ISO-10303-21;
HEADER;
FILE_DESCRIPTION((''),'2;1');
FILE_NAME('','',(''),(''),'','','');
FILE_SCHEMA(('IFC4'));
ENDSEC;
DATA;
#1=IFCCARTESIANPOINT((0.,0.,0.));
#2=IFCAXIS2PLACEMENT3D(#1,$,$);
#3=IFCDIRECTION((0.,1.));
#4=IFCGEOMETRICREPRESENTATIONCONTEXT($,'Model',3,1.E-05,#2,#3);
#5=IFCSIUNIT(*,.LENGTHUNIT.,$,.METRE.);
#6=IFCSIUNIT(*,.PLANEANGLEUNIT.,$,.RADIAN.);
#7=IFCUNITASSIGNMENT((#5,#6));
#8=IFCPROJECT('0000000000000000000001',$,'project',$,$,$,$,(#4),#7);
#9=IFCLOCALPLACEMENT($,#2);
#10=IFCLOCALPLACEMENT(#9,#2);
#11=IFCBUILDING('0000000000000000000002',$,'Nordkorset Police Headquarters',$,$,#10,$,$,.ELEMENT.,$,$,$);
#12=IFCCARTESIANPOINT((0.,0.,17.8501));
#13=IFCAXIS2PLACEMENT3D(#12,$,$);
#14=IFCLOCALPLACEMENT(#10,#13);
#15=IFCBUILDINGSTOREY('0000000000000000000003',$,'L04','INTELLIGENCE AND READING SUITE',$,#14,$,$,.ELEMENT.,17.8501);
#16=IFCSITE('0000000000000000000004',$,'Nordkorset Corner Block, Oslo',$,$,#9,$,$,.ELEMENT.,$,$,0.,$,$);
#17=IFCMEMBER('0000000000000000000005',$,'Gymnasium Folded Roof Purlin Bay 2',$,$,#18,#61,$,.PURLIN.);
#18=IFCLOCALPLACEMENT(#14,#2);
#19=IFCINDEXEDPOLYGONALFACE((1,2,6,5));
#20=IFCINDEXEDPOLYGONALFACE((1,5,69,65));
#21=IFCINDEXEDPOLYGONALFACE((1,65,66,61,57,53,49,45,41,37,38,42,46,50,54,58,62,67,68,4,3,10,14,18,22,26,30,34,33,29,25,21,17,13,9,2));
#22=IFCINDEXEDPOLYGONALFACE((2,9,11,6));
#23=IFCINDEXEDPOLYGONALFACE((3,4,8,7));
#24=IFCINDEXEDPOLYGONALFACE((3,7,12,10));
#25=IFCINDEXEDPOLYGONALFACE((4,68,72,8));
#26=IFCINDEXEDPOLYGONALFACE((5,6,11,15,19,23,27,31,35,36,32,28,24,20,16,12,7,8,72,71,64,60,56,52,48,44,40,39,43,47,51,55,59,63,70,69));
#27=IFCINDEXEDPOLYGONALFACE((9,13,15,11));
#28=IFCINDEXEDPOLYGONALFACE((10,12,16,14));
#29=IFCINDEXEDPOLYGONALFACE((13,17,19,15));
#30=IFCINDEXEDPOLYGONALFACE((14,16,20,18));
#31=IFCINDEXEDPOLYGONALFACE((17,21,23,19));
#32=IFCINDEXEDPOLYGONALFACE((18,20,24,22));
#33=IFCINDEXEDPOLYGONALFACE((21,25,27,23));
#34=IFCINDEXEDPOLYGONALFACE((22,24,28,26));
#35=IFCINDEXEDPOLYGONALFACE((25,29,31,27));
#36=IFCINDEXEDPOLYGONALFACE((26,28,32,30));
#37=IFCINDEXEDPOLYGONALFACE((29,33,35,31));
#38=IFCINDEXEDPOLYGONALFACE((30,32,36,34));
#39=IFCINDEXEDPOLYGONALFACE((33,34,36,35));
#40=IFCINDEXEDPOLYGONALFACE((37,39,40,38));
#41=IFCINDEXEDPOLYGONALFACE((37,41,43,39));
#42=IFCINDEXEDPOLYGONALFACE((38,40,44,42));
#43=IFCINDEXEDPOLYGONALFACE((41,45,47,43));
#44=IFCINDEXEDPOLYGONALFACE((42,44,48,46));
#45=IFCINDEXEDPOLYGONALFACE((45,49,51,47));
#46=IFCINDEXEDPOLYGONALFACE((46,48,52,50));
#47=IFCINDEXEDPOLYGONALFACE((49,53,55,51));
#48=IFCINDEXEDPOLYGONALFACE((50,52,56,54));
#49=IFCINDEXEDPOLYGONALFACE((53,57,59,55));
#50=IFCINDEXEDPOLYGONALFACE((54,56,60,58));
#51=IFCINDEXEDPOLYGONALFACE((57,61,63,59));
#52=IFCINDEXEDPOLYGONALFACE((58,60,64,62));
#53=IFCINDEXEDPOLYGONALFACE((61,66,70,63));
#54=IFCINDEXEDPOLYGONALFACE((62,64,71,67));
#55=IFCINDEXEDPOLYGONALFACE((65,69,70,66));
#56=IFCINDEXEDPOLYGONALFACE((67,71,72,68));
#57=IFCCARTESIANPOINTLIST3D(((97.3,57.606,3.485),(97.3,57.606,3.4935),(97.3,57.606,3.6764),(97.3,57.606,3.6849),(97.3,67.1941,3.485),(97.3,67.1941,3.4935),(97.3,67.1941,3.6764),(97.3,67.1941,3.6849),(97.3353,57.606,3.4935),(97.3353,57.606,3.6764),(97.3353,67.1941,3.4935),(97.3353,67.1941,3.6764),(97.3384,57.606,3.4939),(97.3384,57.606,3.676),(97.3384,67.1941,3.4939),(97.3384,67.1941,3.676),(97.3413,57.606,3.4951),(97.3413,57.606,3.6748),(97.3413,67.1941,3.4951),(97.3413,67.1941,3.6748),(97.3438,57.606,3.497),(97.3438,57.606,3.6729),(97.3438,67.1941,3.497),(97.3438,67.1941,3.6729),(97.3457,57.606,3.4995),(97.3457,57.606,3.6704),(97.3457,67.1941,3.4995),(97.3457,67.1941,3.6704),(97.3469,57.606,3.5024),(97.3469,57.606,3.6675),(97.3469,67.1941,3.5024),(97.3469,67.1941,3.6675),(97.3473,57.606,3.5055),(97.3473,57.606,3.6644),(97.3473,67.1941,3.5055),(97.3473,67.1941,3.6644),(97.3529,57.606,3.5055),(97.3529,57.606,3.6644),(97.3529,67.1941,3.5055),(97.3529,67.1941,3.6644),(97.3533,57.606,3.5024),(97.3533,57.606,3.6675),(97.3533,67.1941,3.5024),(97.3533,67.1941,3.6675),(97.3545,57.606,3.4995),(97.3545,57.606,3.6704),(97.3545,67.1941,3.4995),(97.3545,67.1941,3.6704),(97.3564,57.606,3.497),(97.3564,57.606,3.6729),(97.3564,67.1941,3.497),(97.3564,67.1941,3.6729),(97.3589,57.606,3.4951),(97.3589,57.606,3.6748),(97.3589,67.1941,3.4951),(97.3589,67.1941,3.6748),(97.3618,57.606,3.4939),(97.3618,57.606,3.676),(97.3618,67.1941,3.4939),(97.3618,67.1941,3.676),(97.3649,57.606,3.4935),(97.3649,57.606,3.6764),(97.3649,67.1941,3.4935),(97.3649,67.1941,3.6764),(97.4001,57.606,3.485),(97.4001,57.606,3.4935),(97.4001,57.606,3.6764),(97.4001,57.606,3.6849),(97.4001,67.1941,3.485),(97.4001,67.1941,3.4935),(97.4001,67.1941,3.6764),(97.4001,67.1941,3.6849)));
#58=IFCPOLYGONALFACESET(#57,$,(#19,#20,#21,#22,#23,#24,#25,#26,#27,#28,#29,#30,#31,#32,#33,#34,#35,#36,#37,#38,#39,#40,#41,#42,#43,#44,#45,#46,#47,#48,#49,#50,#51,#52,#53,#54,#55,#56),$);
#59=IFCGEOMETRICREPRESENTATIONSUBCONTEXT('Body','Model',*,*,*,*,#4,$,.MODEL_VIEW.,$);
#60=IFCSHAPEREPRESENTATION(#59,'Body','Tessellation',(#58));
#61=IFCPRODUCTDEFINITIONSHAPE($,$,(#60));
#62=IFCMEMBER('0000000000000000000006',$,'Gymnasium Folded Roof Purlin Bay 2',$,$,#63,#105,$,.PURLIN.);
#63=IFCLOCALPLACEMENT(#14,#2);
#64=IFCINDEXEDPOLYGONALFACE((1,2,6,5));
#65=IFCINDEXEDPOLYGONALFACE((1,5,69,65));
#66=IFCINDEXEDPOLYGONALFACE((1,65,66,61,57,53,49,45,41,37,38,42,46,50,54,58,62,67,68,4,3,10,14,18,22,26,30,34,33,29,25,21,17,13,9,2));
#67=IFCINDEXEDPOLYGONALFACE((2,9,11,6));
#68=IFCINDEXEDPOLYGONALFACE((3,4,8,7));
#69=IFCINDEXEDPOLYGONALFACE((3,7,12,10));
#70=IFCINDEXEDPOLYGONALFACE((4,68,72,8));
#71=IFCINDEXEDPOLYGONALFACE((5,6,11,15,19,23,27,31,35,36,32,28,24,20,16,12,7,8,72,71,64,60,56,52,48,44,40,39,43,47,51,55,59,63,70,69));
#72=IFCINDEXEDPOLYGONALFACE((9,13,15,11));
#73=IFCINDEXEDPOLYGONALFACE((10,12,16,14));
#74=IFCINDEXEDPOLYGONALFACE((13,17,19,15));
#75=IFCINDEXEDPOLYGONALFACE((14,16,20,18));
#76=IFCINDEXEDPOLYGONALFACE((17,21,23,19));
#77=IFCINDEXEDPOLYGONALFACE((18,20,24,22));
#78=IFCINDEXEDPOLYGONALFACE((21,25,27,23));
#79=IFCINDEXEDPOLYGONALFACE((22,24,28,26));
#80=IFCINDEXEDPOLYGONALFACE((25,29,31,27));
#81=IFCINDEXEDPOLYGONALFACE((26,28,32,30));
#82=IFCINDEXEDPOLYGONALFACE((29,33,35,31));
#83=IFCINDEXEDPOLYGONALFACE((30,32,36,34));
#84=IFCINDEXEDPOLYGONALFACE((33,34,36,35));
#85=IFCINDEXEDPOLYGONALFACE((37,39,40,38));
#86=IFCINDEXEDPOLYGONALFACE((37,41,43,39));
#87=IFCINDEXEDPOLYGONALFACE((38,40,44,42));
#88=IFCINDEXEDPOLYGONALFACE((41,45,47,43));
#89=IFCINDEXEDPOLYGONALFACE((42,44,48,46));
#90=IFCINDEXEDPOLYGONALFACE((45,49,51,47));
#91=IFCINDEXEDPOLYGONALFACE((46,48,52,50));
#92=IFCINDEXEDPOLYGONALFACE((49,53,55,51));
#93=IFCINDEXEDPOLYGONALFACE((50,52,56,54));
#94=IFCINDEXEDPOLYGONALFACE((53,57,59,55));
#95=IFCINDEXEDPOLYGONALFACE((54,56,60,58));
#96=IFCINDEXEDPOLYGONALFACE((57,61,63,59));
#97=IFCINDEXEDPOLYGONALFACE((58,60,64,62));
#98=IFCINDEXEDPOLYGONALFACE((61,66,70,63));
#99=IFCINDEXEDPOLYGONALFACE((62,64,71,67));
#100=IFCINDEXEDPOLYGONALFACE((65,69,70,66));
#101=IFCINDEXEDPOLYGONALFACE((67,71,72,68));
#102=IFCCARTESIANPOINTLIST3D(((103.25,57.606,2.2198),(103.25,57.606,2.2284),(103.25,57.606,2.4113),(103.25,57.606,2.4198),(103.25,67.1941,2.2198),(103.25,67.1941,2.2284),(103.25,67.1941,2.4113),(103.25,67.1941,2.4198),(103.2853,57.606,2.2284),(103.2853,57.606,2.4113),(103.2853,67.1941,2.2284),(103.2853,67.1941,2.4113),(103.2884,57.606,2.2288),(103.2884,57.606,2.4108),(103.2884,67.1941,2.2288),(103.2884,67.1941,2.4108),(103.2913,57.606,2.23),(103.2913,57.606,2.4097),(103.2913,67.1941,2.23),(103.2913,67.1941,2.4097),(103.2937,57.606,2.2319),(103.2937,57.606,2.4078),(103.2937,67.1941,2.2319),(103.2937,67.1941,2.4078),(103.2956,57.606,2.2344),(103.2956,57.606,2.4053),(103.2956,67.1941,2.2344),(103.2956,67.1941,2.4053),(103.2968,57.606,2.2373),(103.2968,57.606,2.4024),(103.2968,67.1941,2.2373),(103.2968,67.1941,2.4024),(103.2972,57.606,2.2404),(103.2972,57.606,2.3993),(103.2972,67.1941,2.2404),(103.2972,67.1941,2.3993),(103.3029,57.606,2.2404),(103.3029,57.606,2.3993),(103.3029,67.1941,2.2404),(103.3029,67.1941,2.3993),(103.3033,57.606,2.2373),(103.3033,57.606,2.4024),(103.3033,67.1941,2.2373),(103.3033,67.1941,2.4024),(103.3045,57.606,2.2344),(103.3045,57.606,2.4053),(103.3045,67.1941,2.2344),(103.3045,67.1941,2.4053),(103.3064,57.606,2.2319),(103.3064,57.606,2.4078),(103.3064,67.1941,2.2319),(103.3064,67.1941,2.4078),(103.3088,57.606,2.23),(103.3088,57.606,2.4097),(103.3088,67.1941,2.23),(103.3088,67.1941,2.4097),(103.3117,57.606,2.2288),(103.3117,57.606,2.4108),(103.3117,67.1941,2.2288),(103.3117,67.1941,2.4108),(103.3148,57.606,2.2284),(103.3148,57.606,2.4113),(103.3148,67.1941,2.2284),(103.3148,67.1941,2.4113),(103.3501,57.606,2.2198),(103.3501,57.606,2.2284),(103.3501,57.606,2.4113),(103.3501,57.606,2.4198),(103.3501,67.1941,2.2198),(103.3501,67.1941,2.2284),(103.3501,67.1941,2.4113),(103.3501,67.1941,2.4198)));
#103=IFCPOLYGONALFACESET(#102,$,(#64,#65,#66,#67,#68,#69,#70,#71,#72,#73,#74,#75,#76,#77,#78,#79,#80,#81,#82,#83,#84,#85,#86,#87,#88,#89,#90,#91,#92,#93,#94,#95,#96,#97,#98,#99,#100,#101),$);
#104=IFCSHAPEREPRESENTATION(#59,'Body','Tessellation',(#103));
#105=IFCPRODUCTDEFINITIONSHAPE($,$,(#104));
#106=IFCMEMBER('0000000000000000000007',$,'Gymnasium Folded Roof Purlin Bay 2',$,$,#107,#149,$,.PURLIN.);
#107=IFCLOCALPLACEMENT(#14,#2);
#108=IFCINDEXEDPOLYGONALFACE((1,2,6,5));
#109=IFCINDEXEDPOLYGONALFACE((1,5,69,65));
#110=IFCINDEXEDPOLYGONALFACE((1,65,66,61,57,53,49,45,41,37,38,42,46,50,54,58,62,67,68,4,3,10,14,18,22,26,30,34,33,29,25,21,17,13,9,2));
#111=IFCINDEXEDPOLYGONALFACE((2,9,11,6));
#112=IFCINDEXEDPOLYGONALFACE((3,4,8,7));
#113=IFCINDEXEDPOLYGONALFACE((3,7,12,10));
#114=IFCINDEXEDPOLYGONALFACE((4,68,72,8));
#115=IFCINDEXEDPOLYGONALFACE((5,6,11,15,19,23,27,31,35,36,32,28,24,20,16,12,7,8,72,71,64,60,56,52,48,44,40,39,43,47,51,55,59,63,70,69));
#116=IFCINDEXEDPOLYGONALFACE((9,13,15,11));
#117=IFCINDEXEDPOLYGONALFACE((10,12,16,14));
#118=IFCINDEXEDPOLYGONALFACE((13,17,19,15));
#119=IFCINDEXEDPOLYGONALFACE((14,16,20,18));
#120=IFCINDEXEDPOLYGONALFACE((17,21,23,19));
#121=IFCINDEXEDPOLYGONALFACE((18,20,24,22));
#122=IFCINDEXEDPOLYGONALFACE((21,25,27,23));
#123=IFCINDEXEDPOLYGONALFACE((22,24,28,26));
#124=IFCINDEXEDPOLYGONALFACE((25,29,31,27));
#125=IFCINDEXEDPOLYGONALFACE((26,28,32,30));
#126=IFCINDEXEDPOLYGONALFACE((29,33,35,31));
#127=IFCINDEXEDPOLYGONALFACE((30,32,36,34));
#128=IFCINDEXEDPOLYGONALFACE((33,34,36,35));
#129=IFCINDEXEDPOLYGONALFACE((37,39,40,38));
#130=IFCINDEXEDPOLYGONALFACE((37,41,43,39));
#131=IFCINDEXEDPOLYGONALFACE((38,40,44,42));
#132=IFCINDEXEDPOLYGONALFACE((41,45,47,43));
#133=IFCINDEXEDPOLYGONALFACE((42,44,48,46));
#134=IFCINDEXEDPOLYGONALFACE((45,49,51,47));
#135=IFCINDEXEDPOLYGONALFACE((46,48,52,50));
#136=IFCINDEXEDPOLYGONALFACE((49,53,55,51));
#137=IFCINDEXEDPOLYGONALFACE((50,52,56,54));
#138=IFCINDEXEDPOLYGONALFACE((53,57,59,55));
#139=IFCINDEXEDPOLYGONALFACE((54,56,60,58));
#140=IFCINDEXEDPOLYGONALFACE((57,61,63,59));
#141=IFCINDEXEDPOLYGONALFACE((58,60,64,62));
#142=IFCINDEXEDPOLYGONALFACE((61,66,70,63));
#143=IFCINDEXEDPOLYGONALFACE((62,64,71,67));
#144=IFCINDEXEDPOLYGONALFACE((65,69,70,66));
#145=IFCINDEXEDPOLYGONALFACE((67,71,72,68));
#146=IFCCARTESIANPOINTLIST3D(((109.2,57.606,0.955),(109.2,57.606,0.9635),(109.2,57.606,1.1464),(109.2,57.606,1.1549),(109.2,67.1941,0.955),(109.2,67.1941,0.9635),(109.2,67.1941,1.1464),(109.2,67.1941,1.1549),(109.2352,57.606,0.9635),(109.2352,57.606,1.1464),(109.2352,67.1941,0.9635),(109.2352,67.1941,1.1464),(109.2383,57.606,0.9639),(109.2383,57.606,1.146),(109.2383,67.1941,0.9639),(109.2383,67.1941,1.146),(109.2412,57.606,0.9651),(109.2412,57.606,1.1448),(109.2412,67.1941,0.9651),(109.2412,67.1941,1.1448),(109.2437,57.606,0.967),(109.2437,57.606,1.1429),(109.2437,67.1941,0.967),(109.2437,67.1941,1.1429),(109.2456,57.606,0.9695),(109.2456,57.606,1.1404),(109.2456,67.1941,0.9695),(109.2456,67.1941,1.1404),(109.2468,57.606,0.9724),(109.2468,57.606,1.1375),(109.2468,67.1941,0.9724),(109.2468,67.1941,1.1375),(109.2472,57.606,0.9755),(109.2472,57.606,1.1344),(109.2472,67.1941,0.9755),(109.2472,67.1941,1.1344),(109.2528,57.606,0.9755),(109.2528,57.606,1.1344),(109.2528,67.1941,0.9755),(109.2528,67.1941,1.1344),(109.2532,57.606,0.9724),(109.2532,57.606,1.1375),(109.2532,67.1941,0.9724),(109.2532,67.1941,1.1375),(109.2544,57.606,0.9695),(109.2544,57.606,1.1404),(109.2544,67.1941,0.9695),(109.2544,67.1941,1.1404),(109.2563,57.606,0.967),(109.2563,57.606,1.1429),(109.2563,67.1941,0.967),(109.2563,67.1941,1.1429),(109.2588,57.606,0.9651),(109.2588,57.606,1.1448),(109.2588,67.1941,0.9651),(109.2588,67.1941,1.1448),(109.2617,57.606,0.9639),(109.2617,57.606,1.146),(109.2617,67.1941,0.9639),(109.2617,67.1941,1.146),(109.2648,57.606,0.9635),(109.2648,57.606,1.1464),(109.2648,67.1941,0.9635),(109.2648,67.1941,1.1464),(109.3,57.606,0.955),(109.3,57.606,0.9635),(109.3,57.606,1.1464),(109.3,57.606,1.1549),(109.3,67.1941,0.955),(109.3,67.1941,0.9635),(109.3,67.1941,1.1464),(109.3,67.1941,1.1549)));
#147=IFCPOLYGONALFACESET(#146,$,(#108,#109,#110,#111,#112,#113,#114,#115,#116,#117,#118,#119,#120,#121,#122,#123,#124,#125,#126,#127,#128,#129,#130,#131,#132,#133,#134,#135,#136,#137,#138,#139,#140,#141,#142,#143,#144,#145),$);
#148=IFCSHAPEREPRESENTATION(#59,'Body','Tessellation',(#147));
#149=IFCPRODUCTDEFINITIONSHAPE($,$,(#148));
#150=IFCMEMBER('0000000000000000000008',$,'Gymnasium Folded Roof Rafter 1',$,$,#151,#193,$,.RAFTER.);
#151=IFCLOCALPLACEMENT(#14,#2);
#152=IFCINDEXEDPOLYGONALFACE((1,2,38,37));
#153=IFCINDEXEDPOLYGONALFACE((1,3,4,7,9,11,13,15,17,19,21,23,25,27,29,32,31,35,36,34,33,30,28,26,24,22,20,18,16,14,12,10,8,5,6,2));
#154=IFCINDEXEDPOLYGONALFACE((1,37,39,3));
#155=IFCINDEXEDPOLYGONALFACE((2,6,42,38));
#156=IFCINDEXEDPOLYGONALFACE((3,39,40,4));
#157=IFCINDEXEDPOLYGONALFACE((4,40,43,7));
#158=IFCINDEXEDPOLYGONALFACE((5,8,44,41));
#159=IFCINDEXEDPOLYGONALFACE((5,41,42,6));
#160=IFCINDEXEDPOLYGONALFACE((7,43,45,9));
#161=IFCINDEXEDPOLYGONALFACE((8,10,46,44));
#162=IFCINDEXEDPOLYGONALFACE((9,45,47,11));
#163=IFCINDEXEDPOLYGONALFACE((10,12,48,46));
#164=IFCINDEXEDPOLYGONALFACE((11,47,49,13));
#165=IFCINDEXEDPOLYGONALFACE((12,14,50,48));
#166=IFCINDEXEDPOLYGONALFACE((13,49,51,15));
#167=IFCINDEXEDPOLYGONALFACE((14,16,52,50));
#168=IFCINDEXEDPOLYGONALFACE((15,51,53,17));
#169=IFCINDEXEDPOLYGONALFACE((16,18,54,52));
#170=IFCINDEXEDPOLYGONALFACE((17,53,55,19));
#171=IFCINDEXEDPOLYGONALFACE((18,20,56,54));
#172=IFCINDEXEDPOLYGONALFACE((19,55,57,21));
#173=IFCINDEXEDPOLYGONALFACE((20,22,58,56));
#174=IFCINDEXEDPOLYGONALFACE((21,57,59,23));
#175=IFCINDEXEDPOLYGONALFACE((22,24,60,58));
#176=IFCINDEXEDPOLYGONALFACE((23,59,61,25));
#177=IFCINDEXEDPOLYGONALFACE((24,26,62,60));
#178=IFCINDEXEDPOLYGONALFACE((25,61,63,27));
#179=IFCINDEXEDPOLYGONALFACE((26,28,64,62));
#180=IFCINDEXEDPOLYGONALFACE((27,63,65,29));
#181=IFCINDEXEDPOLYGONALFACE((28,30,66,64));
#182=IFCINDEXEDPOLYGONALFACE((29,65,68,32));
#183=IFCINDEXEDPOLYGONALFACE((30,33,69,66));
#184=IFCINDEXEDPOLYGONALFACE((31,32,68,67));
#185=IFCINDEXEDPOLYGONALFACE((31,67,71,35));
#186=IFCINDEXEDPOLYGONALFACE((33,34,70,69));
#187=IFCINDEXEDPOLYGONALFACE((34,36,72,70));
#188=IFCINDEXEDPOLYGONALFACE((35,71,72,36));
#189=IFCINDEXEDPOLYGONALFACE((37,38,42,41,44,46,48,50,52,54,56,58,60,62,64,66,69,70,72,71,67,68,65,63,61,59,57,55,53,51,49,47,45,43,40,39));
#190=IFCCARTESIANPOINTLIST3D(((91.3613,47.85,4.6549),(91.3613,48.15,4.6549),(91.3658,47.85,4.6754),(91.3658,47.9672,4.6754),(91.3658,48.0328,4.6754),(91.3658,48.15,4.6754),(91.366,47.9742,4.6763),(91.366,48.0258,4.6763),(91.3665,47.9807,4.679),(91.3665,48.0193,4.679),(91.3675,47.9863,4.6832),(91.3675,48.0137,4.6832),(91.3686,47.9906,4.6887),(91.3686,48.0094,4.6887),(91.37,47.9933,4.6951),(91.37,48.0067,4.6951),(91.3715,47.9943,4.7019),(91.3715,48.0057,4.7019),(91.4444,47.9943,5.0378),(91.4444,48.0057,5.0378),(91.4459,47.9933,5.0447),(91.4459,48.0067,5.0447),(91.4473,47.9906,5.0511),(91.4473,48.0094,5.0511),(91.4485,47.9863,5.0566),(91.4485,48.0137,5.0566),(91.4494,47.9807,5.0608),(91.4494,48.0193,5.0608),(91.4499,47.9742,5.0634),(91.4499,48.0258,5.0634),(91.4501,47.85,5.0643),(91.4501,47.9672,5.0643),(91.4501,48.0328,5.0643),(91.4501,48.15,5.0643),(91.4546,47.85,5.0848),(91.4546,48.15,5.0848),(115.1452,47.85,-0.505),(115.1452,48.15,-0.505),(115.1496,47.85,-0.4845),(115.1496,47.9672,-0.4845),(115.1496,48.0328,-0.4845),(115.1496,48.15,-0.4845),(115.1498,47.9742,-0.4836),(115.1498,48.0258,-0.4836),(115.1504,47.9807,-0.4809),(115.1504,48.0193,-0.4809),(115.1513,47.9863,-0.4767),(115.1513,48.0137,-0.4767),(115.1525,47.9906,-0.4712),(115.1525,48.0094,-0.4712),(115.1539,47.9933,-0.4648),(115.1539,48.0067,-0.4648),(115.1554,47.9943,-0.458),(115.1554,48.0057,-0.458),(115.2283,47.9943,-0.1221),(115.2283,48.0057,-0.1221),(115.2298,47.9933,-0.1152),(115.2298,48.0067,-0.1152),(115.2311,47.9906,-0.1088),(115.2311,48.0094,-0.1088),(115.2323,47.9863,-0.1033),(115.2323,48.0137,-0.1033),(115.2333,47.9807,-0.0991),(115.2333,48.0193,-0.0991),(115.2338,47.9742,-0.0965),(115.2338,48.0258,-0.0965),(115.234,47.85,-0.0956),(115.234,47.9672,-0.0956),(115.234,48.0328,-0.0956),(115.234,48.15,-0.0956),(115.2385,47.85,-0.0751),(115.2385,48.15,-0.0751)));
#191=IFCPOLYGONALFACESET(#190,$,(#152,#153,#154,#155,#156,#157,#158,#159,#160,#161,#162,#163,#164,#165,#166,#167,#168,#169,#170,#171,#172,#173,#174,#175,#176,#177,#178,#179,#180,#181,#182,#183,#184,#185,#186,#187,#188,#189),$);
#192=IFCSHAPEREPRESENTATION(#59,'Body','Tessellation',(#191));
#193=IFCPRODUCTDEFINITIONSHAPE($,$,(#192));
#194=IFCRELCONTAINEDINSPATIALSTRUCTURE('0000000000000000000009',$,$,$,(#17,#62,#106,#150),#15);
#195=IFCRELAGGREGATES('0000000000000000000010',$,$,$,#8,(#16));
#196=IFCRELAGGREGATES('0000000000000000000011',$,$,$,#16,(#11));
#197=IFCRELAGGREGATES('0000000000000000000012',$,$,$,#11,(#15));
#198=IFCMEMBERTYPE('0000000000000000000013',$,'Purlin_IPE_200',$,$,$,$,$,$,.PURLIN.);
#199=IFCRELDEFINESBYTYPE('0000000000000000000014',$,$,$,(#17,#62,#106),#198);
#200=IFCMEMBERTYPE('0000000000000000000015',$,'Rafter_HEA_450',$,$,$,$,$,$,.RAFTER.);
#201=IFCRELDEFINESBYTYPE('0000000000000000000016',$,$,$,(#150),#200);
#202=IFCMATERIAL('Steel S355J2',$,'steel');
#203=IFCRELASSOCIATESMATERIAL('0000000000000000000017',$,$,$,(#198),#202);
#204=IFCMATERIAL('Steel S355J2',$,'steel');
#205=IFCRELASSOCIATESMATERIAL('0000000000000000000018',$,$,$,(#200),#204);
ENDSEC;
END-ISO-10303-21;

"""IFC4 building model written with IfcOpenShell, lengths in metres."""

from ifc_helpers import new_model, si_unit, direction, frame, origin, origin_2d, place, context, subcontext, project, spatial, i_section, extrude, material, material_profile, profile_set, type_object, element, save


model = new_model("IFC4")

# Units and contexts
model_context = context("Model", 3, precision=1e-05, world=origin(), true_north=direction((0.0, 1.0)))
body_context = subcontext(model_context, "Body", "Model", "MODEL_VIEW")
ifc_project = project(units=[si_unit("LENGTHUNIT", "METRE"), si_unit("PLANEANGLEUNIT", "RADIAN")], contexts=[model_context])

# Site, building, storey
site_placement = place(None, origin())
site = spatial("IfcSite", under=ifc_project, at=site_placement, Name="Nordkorset Corner Block, Oslo", CompositionType="ELEMENT", RefElevation=0.0)
building_placement = place(site_placement, origin())
building = spatial("IfcBuilding", under=site, at=building_placement, Name="Nordkorset Police Headquarters", CompositionType="ELEMENT")
storey_placement = place(building_placement, frame((0.0, 0.0, 17.8501)))
storey = spatial("IfcBuildingStorey", under=building, at=storey_placement, Name="L04", Description="INTELLIGENCE AND READING SUITE", CompositionType="ELEMENT", Elevation=17.8501)

# Members
ifc_material_1 = material(Name="Steel S355J2", Category="steel")
ifc_material_profile_1 = material_profile(ifc_material_1, i_section(OverallWidth=0.1001, OverallDepth=0.2, WebThickness=0.0056, FlangeThickness=0.0085, FilletRadius=0.012, at=origin_2d()), Name="IPE 200")
ifc_profile_set_1 = profile_set([ifc_material_profile_1], Name="Steel S355J2")
member_type_1 = type_object("IfcMemberType", Name="Purlin_IPE_200", PredefinedType="PURLIN", material=ifc_profile_set_1)
for number, where, z_axis, x_axis, name in (
    (1, (97.3501, 57.606, 3.585), (0.0, 1.0, 0.0), (-1.0, 0.0, 0.0), "Gymnasium Folded Roof Purlin Bay 2"),
    (2, (103.3, 57.606, 2.3198), (0.0, 1.0, 0.0), (-1.0, 0.0, 0.0), "Gymnasium Folded Roof Purlin Bay 2"),
    (3, (109.25, 57.606, 1.0549), (0.0, 1.0, 0.0), (-1.0, 0.0, 0.0), "Gymnasium Folded Roof Purlin Bay 2"),
):
    element("IfcMember", number, at=place(storey_placement, frame(where, z_axis=z_axis, x_axis=x_axis)), inside=storey, type_object=member_type_1, Name=name, PredefinedType="PURLIN", context=body_context, shape_type="SweptSolid", body=[
        extrude(i_section(OverallWidth=0.1001, OverallDepth=0.2, WebThickness=0.0056, FlangeThickness=0.0085, FilletRadius=0.012, at=origin_2d()), origin(), (0.0, 0.0, 1.0), 9.5881),
    ])
ifc_material_2 = material(Name="Steel S355J2", Category="steel")
ifc_material_profile_2 = material_profile(ifc_material_2, i_section(OverallWidth=0.3, OverallDepth=0.4399, WebThickness=0.0115, FlangeThickness=0.021, FilletRadius=0.0271, at=origin_2d()), Name="HEA 450")
ifc_profile_set_2 = profile_set([ifc_material_profile_2], Name="Steel S355J2")
member_type_2 = type_object("IfcMemberType", Name="Rafter_HEA_450", PredefinedType="RAFTER", material=ifc_profile_set_2)
member_1_placement = place(storey_placement, frame((91.408, 48.0, 4.8699), z_axis=(0.977266, 0.0, -0.212017), x_axis=(0.0, 1.0, 0.0)))
element("IfcMember", 4, at=member_1_placement, inside=storey, type_object=member_type_2, Name="Gymnasium Folded Roof Rafter 1", PredefinedType="RAFTER", context=body_context, shape_type="SweptSolid", body=[
    extrude(i_section(OverallWidth=0.3, OverallDepth=0.4399, WebThickness=0.0115, FlangeThickness=0.021, FilletRadius=0.0271, at=origin_2d()), origin(), (0.0, 0.0, 1.0), 24.3372),
])

save(model, "model.ifc")
